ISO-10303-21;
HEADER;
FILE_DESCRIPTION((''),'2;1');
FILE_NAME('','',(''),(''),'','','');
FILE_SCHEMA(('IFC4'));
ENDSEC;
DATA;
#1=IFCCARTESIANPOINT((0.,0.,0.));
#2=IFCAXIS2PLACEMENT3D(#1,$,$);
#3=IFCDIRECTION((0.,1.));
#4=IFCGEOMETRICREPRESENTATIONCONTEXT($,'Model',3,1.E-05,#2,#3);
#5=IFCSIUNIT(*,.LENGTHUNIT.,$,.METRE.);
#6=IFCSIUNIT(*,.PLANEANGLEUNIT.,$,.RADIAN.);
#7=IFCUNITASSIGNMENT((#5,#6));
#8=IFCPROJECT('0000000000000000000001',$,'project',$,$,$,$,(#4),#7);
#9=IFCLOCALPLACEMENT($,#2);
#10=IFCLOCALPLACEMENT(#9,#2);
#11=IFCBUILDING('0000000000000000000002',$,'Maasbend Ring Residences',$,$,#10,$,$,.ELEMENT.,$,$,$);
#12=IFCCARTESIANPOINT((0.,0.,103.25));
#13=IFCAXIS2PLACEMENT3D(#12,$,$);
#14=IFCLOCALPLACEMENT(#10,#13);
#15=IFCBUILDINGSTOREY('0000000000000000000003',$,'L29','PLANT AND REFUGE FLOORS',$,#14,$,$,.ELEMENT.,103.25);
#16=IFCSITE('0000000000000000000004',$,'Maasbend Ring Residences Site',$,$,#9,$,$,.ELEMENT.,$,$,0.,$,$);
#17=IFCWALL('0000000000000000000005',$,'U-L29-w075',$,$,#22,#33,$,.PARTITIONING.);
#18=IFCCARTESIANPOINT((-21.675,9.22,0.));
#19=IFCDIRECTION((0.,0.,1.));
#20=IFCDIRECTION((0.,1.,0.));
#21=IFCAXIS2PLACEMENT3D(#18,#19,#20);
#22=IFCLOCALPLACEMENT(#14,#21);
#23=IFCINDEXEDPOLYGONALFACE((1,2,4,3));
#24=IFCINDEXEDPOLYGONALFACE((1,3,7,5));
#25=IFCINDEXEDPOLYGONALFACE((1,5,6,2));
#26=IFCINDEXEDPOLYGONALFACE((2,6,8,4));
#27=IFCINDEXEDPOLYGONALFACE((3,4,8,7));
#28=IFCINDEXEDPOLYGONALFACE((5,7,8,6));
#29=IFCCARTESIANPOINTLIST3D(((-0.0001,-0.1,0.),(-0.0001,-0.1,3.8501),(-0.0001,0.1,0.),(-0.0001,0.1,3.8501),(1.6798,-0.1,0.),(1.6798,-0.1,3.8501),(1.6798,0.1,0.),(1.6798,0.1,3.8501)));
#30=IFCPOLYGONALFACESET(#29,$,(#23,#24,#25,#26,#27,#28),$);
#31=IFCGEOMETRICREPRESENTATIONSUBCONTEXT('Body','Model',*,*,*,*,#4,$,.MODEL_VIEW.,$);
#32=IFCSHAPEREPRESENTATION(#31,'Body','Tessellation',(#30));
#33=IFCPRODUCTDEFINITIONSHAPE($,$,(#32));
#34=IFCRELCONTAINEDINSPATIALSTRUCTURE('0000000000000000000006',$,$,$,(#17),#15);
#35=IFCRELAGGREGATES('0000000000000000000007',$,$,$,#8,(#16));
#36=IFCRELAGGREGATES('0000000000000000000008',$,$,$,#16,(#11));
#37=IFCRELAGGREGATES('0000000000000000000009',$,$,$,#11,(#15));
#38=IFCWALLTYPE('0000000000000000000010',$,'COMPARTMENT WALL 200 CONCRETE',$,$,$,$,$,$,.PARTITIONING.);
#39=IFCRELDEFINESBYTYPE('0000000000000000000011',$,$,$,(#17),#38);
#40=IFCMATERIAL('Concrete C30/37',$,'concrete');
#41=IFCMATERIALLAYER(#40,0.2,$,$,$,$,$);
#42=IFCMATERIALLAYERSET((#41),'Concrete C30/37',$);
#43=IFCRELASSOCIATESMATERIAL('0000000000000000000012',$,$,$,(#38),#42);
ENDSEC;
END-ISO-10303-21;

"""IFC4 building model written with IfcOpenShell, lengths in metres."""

from ifc_helpers import new_model, si_unit, direction, frame, frame_2d, origin, place, context, subcontext, project, spatial, rectangle, extrude, material, layer, layer_set, type_object, element, save


model = new_model("IFC4")

# Units and contexts
model_context = context("Model", 3, precision=1e-05, world=origin(), true_north=direction((0.0, 1.0)))
body_context = subcontext(model_context, "Body", "Model", "MODEL_VIEW")
ifc_project = project(units=[si_unit("LENGTHUNIT", "METRE"), si_unit("PLANEANGLEUNIT", "RADIAN")], contexts=[model_context])

# Site, building, storey
site_placement = place(None, origin())
site = spatial("IfcSite", under=ifc_project, at=site_placement, Name="Maasbend Ring Residences Site", CompositionType="ELEMENT", RefElevation=0.0)
building_placement = place(site_placement, origin())
building = spatial("IfcBuilding", under=site, at=building_placement, Name="Maasbend Ring Residences", CompositionType="ELEMENT")
storey_placement = place(building_placement, frame((0.0, 0.0, 103.25)))
storey = spatial("IfcBuildingStorey", under=building, at=storey_placement, Name="L29", Description="PLANT AND REFUGE FLOORS", CompositionType="ELEMENT", Elevation=103.25)

# Shared definitions
ifc_material_1 = material(Name="Concrete C30/37", Category="concrete")
ifc_layer_1 = layer(ifc_material_1, 0.2)
ifc_layer_set_1 = layer_set([ifc_layer_1], Name="Concrete C30/37")
wall_type_1 = type_object("IfcWallType", Name="COMPARTMENT WALL 200 CONCRETE", PredefinedType="PARTITIONING", material=ifc_layer_set_1)

# Wall
wall_1_placement = place(storey_placement, frame((-21.675, 9.22, 0.0), z_axis=(0.0, 0.0, 1.0), x_axis=(0.0, 1.0, 0.0)))
element("IfcWall", 1, at=wall_1_placement, inside=storey, type_object=wall_type_1, Name="U-L29-w075", PredefinedType="PARTITIONING", context=body_context, shape_type="SweptSolid", body=[
    extrude(rectangle(XDim=1.6799, YDim=0.2, at=frame_2d((0.8398, 0.0))), origin(), (0.0, 0.0, 1.0), 3.8501),
])

save(model, "model.ifc")
